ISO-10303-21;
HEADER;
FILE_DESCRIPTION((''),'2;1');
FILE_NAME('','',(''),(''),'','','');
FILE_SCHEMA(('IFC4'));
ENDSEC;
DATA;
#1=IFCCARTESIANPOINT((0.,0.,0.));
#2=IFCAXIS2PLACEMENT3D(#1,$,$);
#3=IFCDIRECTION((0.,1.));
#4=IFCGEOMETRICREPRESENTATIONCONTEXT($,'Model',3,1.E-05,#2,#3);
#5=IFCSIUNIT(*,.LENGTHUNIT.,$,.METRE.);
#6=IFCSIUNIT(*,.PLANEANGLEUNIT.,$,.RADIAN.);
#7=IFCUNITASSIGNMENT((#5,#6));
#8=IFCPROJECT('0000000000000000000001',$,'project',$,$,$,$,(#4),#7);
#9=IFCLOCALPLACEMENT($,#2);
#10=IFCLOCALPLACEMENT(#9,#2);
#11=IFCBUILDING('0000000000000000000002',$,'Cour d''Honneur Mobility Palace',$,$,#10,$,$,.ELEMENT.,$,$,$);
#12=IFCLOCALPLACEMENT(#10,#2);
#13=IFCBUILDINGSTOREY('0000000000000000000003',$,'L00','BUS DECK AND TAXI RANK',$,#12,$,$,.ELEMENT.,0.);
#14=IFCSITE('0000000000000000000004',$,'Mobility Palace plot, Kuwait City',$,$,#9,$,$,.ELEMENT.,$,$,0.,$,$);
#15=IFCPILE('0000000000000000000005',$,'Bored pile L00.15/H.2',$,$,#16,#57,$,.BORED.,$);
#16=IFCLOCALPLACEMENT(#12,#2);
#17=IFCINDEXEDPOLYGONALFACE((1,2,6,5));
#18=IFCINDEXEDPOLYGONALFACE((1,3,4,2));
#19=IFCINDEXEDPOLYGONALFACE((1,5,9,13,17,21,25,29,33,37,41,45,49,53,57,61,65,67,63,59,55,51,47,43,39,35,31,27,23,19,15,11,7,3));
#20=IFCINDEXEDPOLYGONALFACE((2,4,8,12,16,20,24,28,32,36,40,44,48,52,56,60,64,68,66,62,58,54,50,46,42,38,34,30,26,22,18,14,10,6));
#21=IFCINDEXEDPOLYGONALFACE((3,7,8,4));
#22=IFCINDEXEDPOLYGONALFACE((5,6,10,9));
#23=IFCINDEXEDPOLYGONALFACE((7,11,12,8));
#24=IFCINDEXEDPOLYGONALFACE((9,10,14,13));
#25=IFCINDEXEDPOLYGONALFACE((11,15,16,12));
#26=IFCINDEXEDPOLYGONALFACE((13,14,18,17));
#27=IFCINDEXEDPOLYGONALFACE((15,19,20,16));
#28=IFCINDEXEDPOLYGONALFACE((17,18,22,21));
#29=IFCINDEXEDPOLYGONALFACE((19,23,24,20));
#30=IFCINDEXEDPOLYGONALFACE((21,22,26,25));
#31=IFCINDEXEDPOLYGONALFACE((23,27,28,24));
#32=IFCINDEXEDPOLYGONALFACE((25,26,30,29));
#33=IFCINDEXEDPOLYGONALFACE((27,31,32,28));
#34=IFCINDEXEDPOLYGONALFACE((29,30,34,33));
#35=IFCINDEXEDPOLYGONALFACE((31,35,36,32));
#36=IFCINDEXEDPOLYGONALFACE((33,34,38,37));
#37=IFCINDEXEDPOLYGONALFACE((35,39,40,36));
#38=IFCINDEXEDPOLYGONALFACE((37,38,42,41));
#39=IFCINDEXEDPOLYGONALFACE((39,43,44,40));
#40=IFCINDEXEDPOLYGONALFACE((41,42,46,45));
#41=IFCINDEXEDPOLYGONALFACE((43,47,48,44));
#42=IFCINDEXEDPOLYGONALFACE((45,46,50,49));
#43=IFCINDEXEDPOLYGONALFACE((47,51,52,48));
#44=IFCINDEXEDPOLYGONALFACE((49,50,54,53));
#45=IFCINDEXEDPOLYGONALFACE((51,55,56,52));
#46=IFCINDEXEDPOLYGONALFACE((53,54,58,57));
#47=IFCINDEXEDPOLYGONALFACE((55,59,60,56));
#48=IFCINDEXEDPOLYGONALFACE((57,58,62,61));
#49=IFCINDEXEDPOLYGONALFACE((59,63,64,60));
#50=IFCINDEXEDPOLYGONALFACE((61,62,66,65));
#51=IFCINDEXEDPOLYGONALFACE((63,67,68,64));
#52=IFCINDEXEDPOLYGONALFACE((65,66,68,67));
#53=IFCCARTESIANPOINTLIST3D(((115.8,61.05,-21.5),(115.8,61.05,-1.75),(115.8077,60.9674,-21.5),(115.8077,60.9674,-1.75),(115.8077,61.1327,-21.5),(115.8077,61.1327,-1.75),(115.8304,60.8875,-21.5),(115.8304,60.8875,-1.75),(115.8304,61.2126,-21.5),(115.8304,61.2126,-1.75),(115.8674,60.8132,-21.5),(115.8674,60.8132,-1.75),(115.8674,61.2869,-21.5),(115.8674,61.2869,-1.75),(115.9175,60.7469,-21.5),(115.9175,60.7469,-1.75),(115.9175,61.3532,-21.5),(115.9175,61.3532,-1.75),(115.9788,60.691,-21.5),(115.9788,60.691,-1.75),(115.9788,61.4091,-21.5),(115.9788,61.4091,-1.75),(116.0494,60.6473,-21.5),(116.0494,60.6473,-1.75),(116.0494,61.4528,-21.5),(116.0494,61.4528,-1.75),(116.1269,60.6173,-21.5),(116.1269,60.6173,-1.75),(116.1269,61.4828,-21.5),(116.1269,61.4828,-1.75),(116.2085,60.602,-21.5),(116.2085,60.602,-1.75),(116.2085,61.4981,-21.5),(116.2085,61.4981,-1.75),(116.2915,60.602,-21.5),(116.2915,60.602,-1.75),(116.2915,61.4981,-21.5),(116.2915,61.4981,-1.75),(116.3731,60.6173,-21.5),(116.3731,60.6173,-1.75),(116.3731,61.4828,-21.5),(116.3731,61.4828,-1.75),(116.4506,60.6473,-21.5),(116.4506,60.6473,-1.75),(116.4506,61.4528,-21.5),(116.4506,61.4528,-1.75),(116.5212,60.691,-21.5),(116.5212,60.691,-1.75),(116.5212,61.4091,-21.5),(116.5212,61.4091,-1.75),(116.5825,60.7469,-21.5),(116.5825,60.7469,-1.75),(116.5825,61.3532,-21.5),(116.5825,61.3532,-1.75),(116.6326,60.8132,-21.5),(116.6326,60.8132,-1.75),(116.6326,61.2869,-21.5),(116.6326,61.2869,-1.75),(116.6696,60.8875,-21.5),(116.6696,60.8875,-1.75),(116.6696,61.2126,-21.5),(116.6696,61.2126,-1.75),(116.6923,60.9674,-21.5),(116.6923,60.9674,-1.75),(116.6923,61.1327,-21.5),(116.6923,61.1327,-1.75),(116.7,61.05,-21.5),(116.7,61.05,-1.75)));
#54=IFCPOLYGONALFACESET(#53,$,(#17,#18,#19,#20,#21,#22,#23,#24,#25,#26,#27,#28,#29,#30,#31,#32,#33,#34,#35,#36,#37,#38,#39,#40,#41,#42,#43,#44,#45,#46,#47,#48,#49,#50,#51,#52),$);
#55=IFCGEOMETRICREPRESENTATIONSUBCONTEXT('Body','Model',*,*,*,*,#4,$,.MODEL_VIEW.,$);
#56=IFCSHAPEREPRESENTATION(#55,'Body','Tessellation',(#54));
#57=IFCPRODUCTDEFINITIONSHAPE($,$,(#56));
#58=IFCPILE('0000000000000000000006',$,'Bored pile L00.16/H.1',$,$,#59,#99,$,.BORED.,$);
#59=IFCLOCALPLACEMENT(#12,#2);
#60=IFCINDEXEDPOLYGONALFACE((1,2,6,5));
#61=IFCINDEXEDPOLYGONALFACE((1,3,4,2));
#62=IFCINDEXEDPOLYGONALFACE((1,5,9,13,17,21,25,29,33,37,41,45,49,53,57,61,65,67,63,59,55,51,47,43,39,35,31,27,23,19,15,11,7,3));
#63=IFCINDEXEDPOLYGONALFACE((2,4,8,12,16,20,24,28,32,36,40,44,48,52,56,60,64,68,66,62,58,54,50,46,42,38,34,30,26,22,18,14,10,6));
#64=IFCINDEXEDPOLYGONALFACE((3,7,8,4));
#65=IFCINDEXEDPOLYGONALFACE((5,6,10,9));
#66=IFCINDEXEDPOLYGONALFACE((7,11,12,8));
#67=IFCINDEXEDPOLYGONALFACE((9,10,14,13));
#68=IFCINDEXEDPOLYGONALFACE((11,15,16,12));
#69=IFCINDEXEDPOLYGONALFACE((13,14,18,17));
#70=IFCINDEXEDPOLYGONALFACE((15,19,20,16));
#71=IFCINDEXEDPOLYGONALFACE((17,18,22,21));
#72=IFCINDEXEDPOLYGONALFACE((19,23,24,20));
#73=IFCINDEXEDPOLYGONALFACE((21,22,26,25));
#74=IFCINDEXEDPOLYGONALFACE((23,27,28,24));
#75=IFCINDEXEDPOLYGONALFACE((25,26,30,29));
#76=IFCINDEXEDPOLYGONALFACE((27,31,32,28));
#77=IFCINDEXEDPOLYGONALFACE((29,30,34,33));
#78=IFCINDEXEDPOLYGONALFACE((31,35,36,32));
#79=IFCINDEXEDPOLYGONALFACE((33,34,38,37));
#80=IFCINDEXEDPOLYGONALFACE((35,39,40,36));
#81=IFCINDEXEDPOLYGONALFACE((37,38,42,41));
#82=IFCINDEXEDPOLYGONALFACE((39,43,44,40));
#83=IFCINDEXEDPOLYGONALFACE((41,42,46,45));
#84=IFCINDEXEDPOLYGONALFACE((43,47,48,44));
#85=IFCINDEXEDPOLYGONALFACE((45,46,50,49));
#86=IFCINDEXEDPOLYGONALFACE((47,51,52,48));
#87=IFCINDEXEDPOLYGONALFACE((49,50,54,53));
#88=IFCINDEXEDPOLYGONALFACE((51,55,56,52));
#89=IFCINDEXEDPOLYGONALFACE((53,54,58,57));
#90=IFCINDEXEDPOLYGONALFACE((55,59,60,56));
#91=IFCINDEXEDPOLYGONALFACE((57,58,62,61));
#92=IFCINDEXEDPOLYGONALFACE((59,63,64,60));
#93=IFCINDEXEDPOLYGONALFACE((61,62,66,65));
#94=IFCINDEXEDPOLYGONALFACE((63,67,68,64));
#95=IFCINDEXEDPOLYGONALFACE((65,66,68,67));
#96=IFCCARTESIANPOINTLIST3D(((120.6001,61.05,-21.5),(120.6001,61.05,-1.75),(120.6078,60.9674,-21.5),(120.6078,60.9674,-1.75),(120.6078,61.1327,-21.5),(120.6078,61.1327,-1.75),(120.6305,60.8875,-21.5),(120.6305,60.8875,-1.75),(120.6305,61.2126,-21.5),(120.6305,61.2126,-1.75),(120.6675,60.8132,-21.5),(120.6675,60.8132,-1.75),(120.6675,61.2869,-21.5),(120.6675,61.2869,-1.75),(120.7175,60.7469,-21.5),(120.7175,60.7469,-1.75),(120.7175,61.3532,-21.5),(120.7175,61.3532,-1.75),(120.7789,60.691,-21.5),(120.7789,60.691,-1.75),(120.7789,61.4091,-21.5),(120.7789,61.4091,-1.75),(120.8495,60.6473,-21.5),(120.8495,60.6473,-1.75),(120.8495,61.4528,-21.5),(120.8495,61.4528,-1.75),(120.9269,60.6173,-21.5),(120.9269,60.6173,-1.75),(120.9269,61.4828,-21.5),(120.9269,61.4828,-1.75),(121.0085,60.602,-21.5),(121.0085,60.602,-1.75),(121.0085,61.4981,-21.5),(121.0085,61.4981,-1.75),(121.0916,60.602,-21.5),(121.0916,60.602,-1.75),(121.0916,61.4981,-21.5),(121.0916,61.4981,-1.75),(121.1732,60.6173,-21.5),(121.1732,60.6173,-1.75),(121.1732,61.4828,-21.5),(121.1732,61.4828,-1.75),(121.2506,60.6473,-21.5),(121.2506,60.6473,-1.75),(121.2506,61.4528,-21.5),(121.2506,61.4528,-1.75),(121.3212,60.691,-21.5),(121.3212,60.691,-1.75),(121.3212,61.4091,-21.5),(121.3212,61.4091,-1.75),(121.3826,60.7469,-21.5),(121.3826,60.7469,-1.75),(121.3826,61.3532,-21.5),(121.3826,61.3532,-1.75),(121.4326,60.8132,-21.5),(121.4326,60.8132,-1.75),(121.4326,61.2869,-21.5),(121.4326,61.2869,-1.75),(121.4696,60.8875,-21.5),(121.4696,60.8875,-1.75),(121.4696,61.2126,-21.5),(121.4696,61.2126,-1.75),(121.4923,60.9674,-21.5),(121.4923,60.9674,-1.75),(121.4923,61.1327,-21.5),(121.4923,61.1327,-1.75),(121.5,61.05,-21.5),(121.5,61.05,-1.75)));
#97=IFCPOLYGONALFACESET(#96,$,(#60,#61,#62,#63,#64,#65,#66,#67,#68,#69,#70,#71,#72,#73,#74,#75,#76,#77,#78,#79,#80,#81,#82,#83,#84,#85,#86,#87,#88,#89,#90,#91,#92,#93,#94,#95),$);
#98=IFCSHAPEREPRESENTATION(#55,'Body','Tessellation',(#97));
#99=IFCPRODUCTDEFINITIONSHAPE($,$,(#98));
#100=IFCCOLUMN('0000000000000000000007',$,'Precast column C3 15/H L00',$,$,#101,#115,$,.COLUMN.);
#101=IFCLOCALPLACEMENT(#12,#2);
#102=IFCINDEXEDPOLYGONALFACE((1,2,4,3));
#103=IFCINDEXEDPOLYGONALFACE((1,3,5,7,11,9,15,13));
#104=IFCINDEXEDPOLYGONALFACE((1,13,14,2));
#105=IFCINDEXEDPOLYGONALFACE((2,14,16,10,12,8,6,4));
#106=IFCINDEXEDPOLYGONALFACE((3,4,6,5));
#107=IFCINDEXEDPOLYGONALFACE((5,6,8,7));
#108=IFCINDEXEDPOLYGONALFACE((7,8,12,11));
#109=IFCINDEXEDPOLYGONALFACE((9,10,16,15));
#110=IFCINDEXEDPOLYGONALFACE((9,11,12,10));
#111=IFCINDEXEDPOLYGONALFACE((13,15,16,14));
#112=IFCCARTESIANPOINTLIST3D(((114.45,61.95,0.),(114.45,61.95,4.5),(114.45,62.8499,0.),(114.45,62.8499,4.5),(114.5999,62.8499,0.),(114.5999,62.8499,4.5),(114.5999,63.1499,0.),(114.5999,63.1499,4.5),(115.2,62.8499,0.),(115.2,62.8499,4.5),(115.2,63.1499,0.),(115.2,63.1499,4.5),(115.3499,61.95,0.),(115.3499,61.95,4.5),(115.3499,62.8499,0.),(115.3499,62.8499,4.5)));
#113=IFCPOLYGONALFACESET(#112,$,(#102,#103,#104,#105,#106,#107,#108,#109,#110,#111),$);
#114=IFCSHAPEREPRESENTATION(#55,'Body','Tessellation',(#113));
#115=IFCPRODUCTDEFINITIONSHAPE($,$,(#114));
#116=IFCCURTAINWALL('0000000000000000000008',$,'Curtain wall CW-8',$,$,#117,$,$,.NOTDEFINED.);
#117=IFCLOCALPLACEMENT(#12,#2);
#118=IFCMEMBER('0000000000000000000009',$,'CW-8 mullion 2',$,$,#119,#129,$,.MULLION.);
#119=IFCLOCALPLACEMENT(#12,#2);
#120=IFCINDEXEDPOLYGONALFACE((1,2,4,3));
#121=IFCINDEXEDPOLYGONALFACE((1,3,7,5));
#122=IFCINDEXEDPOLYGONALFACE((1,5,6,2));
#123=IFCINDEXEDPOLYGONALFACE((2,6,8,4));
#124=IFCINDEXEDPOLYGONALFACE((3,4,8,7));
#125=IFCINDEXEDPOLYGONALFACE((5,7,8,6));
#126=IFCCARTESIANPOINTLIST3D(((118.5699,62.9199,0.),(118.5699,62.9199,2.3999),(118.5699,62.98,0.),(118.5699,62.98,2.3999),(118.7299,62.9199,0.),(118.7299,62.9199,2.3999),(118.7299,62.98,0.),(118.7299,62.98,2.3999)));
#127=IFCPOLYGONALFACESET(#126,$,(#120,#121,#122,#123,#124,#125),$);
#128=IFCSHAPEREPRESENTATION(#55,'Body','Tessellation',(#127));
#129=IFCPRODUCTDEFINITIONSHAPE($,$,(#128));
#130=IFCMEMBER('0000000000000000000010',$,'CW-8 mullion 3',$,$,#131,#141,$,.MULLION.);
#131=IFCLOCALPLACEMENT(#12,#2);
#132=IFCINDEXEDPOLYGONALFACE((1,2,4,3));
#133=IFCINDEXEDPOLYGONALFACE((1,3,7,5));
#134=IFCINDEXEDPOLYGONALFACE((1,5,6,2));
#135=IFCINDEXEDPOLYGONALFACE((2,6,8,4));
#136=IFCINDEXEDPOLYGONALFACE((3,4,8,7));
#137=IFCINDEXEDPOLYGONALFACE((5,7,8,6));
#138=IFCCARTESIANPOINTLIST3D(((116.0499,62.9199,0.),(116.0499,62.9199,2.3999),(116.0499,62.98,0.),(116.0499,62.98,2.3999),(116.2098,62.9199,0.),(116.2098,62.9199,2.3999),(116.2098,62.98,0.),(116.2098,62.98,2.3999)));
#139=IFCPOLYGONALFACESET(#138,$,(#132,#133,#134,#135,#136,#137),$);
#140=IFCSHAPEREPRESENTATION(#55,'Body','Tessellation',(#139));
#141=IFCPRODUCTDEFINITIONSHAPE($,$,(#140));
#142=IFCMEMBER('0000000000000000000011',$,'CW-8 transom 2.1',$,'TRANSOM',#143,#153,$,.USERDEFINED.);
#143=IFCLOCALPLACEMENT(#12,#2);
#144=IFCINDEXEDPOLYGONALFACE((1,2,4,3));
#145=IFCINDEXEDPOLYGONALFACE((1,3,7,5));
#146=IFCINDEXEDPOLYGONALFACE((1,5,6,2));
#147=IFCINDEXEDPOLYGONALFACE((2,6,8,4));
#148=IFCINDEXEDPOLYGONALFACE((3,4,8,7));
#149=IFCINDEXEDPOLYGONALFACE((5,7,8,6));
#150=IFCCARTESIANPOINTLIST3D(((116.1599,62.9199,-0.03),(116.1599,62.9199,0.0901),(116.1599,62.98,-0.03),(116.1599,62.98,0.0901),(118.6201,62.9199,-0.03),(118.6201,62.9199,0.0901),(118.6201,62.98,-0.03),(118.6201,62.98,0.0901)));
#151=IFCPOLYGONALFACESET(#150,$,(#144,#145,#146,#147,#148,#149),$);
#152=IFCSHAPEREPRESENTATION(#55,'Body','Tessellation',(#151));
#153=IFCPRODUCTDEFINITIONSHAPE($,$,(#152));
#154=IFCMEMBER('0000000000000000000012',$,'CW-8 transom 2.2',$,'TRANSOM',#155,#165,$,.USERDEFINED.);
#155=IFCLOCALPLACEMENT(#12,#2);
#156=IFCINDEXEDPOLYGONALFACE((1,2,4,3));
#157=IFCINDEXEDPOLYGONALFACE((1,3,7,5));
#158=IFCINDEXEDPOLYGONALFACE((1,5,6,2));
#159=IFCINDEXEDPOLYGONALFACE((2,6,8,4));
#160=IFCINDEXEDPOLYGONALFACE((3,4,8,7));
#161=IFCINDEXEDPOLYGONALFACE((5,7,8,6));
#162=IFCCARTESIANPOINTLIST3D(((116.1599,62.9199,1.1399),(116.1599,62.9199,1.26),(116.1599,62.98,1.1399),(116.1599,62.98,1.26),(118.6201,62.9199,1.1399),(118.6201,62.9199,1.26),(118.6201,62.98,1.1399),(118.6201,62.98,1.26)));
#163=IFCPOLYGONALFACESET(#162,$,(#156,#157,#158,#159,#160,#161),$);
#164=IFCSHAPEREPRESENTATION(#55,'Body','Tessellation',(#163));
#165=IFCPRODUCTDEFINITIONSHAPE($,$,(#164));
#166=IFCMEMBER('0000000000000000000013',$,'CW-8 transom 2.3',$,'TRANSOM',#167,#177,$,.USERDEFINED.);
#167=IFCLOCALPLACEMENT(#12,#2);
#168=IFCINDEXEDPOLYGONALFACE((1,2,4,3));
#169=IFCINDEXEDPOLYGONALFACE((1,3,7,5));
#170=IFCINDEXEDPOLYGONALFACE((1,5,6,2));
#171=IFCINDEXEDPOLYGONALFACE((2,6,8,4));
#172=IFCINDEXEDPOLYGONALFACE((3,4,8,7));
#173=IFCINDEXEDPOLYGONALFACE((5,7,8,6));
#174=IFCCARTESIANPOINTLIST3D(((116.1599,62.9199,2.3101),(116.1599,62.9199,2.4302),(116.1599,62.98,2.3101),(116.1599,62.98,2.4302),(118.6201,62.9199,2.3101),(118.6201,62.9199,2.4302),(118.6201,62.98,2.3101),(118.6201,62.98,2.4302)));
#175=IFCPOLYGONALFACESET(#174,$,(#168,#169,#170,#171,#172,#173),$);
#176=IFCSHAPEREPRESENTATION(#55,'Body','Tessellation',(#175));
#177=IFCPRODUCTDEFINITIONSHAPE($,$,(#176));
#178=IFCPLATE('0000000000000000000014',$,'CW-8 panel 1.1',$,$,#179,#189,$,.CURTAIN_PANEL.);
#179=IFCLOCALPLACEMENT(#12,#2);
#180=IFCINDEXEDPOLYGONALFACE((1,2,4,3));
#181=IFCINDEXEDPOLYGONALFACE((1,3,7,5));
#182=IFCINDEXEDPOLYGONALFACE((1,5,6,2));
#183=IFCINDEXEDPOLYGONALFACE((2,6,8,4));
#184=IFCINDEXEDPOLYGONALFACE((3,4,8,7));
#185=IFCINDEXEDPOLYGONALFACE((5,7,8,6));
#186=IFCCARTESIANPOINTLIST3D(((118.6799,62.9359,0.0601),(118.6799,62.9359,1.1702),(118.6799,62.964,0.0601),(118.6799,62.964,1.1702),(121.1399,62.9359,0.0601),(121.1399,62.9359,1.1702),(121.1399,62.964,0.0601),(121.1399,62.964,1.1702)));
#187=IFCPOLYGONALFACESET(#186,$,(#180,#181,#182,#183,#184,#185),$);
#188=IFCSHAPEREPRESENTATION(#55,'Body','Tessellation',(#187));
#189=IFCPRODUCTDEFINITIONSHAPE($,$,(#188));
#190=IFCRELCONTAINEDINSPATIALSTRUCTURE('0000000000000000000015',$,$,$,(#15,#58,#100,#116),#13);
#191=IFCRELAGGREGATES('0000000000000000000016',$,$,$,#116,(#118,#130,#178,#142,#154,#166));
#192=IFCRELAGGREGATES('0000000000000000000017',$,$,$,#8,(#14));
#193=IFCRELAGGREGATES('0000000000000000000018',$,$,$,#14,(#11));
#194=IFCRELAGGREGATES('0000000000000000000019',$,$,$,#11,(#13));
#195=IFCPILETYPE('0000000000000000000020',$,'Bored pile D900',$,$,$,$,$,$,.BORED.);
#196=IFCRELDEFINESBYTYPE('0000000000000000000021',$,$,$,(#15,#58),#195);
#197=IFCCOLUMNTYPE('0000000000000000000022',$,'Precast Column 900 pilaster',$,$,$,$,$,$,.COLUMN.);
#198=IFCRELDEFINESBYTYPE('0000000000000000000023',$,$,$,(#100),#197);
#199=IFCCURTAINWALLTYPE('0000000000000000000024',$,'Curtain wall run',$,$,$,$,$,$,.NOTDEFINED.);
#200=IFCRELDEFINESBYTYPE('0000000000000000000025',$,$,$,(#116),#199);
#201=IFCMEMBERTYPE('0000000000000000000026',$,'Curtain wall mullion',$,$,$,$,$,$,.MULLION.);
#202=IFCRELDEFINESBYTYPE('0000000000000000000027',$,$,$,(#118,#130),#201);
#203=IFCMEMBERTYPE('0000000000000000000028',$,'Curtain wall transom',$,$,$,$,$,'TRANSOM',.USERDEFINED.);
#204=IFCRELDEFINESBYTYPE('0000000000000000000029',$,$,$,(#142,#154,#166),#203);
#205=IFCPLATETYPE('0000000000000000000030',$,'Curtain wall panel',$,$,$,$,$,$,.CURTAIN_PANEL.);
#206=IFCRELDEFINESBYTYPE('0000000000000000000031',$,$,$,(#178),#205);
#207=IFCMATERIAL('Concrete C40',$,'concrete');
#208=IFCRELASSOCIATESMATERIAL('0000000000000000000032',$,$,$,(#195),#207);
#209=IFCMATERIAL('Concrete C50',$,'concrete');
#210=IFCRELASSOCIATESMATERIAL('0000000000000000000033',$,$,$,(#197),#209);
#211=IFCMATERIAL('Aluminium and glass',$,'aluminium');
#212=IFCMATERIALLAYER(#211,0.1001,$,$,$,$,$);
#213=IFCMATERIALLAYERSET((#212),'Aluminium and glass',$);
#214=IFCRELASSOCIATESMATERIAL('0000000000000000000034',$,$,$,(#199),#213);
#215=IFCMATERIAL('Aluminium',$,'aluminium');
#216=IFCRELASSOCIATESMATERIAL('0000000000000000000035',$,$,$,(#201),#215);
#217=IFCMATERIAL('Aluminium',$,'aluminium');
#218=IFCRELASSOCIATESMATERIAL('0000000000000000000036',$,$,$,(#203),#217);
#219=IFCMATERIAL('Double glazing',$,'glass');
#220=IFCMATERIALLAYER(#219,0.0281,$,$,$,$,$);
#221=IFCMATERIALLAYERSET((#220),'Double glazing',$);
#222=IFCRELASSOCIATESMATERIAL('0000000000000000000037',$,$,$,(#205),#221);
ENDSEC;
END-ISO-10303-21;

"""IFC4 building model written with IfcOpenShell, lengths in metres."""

from ifc_helpers import new_model, si_unit, direction, frame, origin, origin_2d, place, context, subcontext, project, spatial, polyline, rectangle, circle, outline, extrude, material, layer, layer_set, material_profile, profile_set, type_object, element, aggregate, save


model = new_model("IFC4")

# Units and contexts
model_context = context("Model", 3, precision=1e-05, world=origin(), true_north=direction((0.0, 1.0)))
body_context = subcontext(model_context, "Body", "Model", "MODEL_VIEW")
ifc_project = project(units=[si_unit("LENGTHUNIT", "METRE"), si_unit("PLANEANGLEUNIT", "RADIAN")], contexts=[model_context])

# Site, building, storey
site_placement = place(None, origin())
site = spatial("IfcSite", under=ifc_project, at=site_placement, Name="Mobility Palace plot, Kuwait City", CompositionType="ELEMENT", RefElevation=0.0)
building_placement = place(site_placement, origin())
building = spatial("IfcBuilding", under=site, at=building_placement, Name="Cour d'Honneur Mobility Palace", CompositionType="ELEMENT")
storey_placement = place(building_placement, origin())
storey = spatial("IfcBuildingStorey", under=building, at=storey_placement, Name="L00", Description="BUS DECK AND TAXI RANK", CompositionType="ELEMENT", Elevation=0.0)

# Piles
ifc_material_1 = material(Name="Concrete C40", Category="concrete")
ifc_material_profile_1 = material_profile(ifc_material_1, circle(Radius=0.45, at=origin_2d()), Name="Bored pile D900")
ifc_profile_set_1 = profile_set([ifc_material_profile_1], Name="Concrete C40")
pile_type = type_object("IfcPileType", Name="Bored pile D900", PredefinedType="BORED", material=ifc_profile_set_1)
for number, where, z_axis, x_axis, name in (
    (1, (116.25, 61.05, -1.75), (0.0, 0.0, -1.0), (1.0, 0.0, 0.0), "Bored pile L00.15/H.2"),
    (2, (121.05, 61.05, -1.75), (0.0, 0.0, -1.0), (1.0, 0.0, 0.0), "Bored pile L00.16/H.1"),
):
    element("IfcPile", number, at=place(storey_placement, frame(where, z_axis=z_axis, x_axis=x_axis)), inside=storey, type_object=pile_type, Name=name, PredefinedType="BORED", context=body_context, shape_type="SweptSolid", body=[
        extrude(circle(Radius=0.45, at=origin_2d()), origin(), (0.0, 0.0, 1.0), 19.75),
    ])

# Column
ifc_material_2 = material(Name="Concrete C50", Category="concrete")
ifc_material_profile_2 = material_profile(ifc_material_2, outline(polyline([(-0.45, -0.45), (0.45, -0.45), (0.45, -0.3), (0.75, -0.3), (0.75, 0.3), (0.45, 0.3), (0.45, 0.45), (-0.45, 0.45), (-0.45, -0.45)])), Name="PC C900 pilaster")
ifc_profile_set_2 = profile_set([ifc_material_profile_2], Name="Concrete C50")
column_type = type_object("IfcColumnType", Name="Precast Column 900 pilaster", PredefinedType="COLUMN", material=ifc_profile_set_2)
column_placement = place(storey_placement, frame((114.8999, 62.3999, 0.0), z_axis=(0.0, 0.0, 1.0), x_axis=(0.0, 1.0, 0.0)))
element("IfcColumn", 3, at=column_placement, inside=storey, type_object=column_type, Name="Precast column C3 15/H L00", PredefinedType="COLUMN", context=body_context, shape_type="SweptSolid", body=[
    extrude(outline(polyline([(-0.45, -0.45), (0.45, -0.45), (0.45, -0.3), (0.75, -0.3), (0.75, 0.3), (0.45, 0.3), (0.45, 0.45), (-0.45, 0.45), (-0.45, -0.45)])), origin(), (0.0, 0.0, 1.0), 4.5),
])

# Curtain wall, members, plate
ifc_material_3 = material(Name="Aluminium and glass", Category="aluminium")
ifc_layer_1 = layer(ifc_material_3, 0.1001)
ifc_layer_set_1 = layer_set([ifc_layer_1], Name="Aluminium and glass")
curtain_wall_type = type_object("IfcCurtainWallType", Name="Curtain wall run", PredefinedType="NOTDEFINED", material=ifc_layer_set_1)
curtain_wall_placement = place(storey_placement, origin())
curtain_wall = element("IfcCurtainWall", 4, at=curtain_wall_placement, inside=storey, type_object=curtain_wall_type, Name="Curtain wall CW-8", PredefinedType="NOTDEFINED")
ifc_material_4 = material(Name="Aluminium", Category="aluminium")
ifc_material_profile_3 = material_profile(ifc_material_4, rectangle(XDim=0.0601, YDim=0.1599, at=origin_2d()), Name="Curtain wall mullion")
ifc_profile_set_3 = profile_set([ifc_material_profile_3], Name="Aluminium")
member_type_1 = type_object("IfcMemberType", Name="Curtain wall mullion", PredefinedType="MULLION", material=ifc_profile_set_3)
member_1_placement = place(storey_placement, frame((118.6499, 62.95, 0.0), z_axis=(0.0, 0.0, 1.0), x_axis=(0.0, -1.0, 0.0)))
member_1 = element("IfcMember", 5, at=member_1_placement, type_object=member_type_1, Name="CW-8 mullion 2", PredefinedType="MULLION", context=body_context, shape_type="SweptSolid", body=[
    extrude(rectangle(XDim=0.0601, YDim=0.1599, at=origin_2d()), origin(), (0.0, 0.0, 1.0), 2.3999),
])
member_2_placement = place(storey_placement, frame((116.1299, 62.95, 0.0), z_axis=(0.0, 0.0, 1.0), x_axis=(0.0, -1.0, 0.0)))
member_2 = element("IfcMember", 6, at=member_2_placement, type_object=member_type_1, Name="CW-8 mullion 3", PredefinedType="MULLION", context=body_context, shape_type="SweptSolid", body=[
    extrude(rectangle(XDim=0.0601, YDim=0.1599, at=origin_2d()), origin(), (0.0, 0.0, 1.0), 2.3999),
])
ifc_material_5 = material(Name="Aluminium", Category="aluminium")
ifc_material_profile_4 = material_profile(ifc_material_5, rectangle(XDim=0.0601, YDim=0.1201, at=origin_2d()), Name="Curtain wall transom")
ifc_profile_set_4 = profile_set([ifc_material_profile_4], Name="Aluminium")
member_type_2 = type_object("IfcMemberType", Name="Curtain wall transom", ElementType="TRANSOM", PredefinedType="USERDEFINED", material=ifc_profile_set_4)
member_3_placement = place(storey_placement, frame((118.6201, 62.95, 0.03), z_axis=(-1.0, 0.0, 0.0), x_axis=(0.0, -1.0, 0.0)))
member_3 = element("IfcMember", 7, at=member_3_placement, type_object=member_type_2, Name="CW-8 transom 2.1", ObjectType="TRANSOM", PredefinedType="USERDEFINED", context=body_context, shape_type="SweptSolid", body=[
    extrude(rectangle(XDim=0.0601, YDim=0.1201, at=origin_2d()), origin(), (0.0, 0.0, 1.0), 2.4602),
])
member_4_placement = place(storey_placement, frame((118.6201, 62.95, 1.2), z_axis=(-1.0, 0.0, 0.0), x_axis=(0.0, -1.0, 0.0)))
member_4 = element("IfcMember", 8, at=member_4_placement, type_object=member_type_2, Name="CW-8 transom 2.2", ObjectType="TRANSOM", PredefinedType="USERDEFINED", context=body_context, shape_type="SweptSolid", body=[
    extrude(rectangle(XDim=0.0601, YDim=0.1201, at=origin_2d()), origin(), (0.0, 0.0, 1.0), 2.4602),
])
member_5_placement = place(storey_placement, frame((118.6201, 62.95, 2.3701), z_axis=(-1.0, 0.0, 0.0), x_axis=(0.0, -1.0, 0.0)))
member_5 = element("IfcMember", 9, at=member_5_placement, type_object=member_type_2, Name="CW-8 transom 2.3", ObjectType="TRANSOM", PredefinedType="USERDEFINED", context=body_context, shape_type="SweptSolid", body=[
    extrude(rectangle(XDim=0.0601, YDim=0.1201, at=origin_2d()), origin(), (0.0, 0.0, 1.0), 2.4602),
])
ifc_material_6 = material(Name="Double glazing", Category="glass")
ifc_layer_2 = layer(ifc_material_6, 0.0281)
ifc_layer_set_2 = layer_set([ifc_layer_2], Name="Double glazing")
plate_type = type_object("IfcPlateType", Name="Curtain wall panel", PredefinedType="CURTAIN_PANEL", material=ifc_layer_set_2)
plate_1_placement = place(storey_placement, frame((119.9099, 62.95, 0.0601), z_axis=(0.0, 0.0, 1.0), x_axis=(-1.0, 0.0, 0.0)))
plate_1 = element("IfcPlate", 10, at=plate_1_placement, type_object=plate_type, Name="CW-8 panel 1.1", PredefinedType="CURTAIN_PANEL", context=body_context, shape_type="SweptSolid", body=[
    extrude(rectangle(XDim=2.46, YDim=0.0281, at=origin_2d()), origin(), (0.0, 0.0, 1.0), 1.1101),
])
aggregate(curtain_wall, [member_1, member_2, plate_1, member_3, member_4, member_5])

save(model, "model.ifc")
